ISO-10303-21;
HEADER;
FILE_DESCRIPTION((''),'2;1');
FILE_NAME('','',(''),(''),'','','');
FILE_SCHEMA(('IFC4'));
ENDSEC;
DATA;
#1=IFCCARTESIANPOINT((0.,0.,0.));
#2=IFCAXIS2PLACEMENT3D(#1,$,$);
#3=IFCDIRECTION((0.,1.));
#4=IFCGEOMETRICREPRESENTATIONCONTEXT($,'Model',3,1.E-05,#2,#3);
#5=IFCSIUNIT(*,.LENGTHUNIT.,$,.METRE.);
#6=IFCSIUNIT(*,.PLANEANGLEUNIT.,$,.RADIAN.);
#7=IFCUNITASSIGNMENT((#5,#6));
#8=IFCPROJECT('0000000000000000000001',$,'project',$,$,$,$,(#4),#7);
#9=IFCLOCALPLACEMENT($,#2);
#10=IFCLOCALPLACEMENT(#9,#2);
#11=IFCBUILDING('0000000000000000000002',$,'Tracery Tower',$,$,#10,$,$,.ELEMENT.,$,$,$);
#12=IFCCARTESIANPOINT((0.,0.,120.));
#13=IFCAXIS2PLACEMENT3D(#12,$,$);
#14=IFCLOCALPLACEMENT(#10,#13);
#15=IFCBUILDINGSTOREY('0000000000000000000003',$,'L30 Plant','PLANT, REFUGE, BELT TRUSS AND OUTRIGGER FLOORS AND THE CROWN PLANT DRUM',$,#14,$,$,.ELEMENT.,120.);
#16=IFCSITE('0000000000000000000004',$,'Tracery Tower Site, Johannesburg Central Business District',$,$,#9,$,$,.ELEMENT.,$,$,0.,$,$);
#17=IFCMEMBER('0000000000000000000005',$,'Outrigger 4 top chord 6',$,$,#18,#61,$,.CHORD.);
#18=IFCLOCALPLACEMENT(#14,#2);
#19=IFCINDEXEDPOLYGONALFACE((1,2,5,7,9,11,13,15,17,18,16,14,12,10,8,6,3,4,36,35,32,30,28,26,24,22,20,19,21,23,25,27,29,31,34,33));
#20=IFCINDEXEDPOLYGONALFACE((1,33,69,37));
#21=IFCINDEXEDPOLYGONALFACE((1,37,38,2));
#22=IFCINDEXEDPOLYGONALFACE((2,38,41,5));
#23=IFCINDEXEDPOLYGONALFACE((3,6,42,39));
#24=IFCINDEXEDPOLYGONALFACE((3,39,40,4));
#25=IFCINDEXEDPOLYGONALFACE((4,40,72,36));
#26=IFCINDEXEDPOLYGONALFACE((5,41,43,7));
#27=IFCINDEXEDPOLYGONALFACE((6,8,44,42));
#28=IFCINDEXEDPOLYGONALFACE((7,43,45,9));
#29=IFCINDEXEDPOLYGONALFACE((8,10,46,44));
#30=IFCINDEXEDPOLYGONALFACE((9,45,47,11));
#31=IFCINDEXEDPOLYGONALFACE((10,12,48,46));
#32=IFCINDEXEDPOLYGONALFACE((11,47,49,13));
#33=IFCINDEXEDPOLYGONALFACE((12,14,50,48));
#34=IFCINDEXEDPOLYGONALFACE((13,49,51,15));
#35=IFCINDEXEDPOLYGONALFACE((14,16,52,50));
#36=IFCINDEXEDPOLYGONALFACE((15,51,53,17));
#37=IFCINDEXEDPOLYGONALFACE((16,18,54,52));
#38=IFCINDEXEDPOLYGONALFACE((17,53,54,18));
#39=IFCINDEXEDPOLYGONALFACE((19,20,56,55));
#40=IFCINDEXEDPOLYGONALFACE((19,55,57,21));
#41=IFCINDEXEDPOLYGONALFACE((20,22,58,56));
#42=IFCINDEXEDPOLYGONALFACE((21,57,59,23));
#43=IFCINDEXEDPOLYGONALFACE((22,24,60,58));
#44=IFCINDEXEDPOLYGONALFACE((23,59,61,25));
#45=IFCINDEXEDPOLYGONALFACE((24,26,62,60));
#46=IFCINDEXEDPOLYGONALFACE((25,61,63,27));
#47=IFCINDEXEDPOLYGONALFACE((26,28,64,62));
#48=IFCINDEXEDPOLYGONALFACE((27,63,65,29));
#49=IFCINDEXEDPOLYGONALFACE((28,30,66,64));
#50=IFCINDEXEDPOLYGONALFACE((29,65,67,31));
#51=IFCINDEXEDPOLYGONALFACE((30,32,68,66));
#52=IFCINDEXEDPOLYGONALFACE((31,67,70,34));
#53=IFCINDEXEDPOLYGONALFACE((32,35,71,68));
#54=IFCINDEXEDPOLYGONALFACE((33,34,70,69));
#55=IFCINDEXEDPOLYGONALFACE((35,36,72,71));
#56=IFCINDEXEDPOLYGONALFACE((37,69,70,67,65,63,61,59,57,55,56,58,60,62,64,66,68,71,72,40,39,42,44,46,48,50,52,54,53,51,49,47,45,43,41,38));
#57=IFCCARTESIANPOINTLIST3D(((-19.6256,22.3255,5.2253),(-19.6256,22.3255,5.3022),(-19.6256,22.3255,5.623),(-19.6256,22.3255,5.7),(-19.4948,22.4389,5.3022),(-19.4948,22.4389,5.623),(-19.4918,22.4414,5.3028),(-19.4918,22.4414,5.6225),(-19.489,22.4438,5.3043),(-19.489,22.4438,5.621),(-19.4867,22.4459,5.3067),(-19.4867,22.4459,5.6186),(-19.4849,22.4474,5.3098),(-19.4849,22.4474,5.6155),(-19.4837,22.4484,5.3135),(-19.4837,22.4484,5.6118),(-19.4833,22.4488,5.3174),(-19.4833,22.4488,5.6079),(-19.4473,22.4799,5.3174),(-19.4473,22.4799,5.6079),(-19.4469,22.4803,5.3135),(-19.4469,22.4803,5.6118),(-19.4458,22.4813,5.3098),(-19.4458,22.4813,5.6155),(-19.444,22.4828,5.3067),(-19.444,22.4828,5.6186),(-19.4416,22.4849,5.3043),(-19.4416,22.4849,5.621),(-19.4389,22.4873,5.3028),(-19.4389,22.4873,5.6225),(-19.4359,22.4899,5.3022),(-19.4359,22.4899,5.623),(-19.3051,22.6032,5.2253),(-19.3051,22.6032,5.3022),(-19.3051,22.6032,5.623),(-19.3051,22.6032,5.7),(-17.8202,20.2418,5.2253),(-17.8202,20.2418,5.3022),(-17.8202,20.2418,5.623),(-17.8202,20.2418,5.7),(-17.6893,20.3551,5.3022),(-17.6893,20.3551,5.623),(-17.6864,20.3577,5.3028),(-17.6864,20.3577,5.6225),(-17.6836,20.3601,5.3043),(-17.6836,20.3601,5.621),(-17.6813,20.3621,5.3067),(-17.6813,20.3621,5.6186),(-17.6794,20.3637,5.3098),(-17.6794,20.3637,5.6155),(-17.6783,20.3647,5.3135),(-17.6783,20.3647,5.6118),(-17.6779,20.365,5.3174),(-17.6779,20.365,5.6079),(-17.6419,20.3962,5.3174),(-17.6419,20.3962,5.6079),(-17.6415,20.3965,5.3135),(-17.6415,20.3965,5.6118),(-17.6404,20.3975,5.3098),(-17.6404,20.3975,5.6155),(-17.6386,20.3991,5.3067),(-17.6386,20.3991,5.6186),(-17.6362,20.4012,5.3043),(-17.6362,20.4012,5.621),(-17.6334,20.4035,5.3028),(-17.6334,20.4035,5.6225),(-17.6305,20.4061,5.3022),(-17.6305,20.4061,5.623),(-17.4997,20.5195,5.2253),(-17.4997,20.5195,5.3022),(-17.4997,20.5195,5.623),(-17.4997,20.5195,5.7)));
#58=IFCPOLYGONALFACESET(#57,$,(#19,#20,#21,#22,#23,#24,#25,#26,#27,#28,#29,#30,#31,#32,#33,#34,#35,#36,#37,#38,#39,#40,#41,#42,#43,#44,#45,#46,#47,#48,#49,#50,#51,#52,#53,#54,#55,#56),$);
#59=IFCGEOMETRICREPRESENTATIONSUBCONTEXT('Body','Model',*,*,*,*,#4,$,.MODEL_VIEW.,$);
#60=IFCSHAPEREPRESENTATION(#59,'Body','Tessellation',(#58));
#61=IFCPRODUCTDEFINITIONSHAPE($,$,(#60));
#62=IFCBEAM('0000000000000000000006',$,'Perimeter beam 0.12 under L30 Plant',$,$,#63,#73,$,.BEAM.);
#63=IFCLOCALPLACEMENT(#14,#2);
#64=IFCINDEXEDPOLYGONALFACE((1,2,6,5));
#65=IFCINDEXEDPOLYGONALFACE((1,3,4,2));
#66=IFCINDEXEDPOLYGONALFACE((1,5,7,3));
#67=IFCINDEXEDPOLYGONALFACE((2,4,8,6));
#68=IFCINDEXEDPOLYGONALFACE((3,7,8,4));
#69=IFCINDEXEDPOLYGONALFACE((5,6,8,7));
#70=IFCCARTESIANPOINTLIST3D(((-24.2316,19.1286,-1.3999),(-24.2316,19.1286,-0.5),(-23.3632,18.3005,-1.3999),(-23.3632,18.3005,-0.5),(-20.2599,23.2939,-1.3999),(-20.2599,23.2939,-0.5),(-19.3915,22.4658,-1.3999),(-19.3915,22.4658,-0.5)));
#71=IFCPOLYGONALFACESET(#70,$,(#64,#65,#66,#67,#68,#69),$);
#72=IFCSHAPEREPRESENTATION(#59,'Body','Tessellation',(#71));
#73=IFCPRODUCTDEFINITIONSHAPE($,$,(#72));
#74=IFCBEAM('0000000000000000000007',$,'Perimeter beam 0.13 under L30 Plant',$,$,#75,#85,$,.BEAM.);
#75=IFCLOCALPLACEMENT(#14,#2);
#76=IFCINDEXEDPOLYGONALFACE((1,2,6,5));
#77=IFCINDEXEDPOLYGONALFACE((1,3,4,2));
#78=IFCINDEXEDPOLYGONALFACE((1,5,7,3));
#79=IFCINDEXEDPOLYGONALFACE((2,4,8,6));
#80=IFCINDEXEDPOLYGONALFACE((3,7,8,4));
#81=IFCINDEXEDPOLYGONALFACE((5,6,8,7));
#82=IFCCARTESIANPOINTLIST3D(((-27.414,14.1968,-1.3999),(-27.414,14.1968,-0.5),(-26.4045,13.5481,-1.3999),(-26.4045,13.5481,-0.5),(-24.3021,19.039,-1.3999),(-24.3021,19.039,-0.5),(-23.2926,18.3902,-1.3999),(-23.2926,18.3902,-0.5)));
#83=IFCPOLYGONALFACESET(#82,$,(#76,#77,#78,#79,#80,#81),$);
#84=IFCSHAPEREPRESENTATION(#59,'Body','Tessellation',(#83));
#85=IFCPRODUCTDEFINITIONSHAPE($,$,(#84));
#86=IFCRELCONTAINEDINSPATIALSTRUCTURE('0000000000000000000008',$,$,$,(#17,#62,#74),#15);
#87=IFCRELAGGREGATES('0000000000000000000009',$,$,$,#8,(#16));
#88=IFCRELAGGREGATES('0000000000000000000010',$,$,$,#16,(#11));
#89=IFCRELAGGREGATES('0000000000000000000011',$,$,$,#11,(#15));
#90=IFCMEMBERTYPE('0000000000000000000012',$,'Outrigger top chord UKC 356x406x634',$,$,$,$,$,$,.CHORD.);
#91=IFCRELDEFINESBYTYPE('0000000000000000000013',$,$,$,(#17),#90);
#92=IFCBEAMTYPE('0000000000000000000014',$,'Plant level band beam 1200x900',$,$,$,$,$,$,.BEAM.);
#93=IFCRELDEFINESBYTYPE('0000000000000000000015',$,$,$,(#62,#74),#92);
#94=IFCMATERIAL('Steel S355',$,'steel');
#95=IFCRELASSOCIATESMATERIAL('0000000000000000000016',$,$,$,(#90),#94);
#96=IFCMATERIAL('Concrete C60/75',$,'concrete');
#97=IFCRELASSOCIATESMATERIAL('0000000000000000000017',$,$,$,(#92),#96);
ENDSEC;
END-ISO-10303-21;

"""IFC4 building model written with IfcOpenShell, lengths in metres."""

from ifc_helpers import new_model, si_unit, direction, frame, origin, origin_2d, place, context, subcontext, project, spatial, rectangle, i_section, extrude, material, material_profile, profile_set, type_object, element, save


model = new_model("IFC4")

# Units and contexts
model_context = context("Model", 3, precision=1e-05, world=origin(), true_north=direction((0.0, 1.0)))
body_context = subcontext(model_context, "Body", "Model", "MODEL_VIEW")
ifc_project = project(units=[si_unit("LENGTHUNIT", "METRE"), si_unit("PLANEANGLEUNIT", "RADIAN")], contexts=[model_context])

# Site, building, storey
site_placement = place(None, origin())
site = spatial("IfcSite", under=ifc_project, at=site_placement, Name="Tracery Tower Site, Johannesburg Central Business District", CompositionType="ELEMENT", RefElevation=0.0)
building_placement = place(site_placement, origin())
building = spatial("IfcBuilding", under=site, at=building_placement, Name="Tracery Tower", CompositionType="ELEMENT")
storey_placement = place(building_placement, frame((0.0, 0.0, 120.0)))
storey = spatial("IfcBuildingStorey", under=building, at=storey_placement, Name="L30 Plant", Description="PLANT, REFUGE, BELT TRUSS AND OUTRIGGER FLOORS AND THE CROWN PLANT DRUM", CompositionType="ELEMENT", Elevation=120.0)

# Member
ifc_material_1 = material(Name="Steel S355", Category="steel")
ifc_material_profile_1 = material_profile(ifc_material_1, i_section(OverallWidth=0.4241, OverallDepth=0.4746, WebThickness=0.0476, FlangeThickness=0.0769, FilletRadius=0.0151, at=origin_2d()), Name="UKC 356x406x634")
ifc_profile_set_1 = profile_set([ifc_material_profile_1], Name="Steel S355")
member_type_1 = type_object("IfcMemberType", Name="Outrigger top chord UKC 356x406x634", PredefinedType="CHORD", material=ifc_profile_set_1)
member_1_placement = place(storey_placement, frame((-17.6599, 20.3806, 5.4626), z_axis=(-0.654829, 0.755777, 0.0), x_axis=(-0.755777, -0.654829, 0.0)))
element("IfcMember", 1, at=member_1_placement, inside=storey, type_object=member_type_1, Name="Outrigger 4 top chord 6", PredefinedType="CHORD", context=body_context, shape_type="SweptSolid", body=[
    extrude(i_section(OverallWidth=0.4241, OverallDepth=0.4746, WebThickness=0.0476, FlangeThickness=0.0769, FilletRadius=0.0151, at=origin_2d()), origin(), (0.0, 0.0, 1.0), 2.7571),
])

# Beams
ifc_material_2 = material(Name="Concrete C60/75", Category="concrete")
ifc_material_profile_2 = material_profile(ifc_material_2, rectangle(XDim=1.2, YDim=0.8999, at=origin_2d()), Name="RC 1200x900")
ifc_profile_set_2 = profile_set([ifc_material_profile_2], Name="Concrete C60/75")
beam_type = type_object("IfcBeamType", Name="Plant level band beam 1200x900", PredefinedType="BEAM", material=ifc_profile_set_2)
beam_1_placement = place(storey_placement, frame((-19.8257, 22.8799, -0.95), z_axis=(-0.690087, -0.723726, 0.0), x_axis=(0.723726, -0.690087, 0.0)))
element("IfcBeam", 2, at=beam_1_placement, inside=storey, type_object=beam_type, Name="Perimeter beam 0.12 under L30 Plant", PredefinedType="BEAM", context=body_context, shape_type="SweptSolid", body=[
    extrude(rectangle(XDim=1.2, YDim=0.8999, at=origin_2d()), origin(), (0.0, 0.0, 1.0), 5.7554),
])
beam_2_placement = place(storey_placement, frame((-23.7974, 18.7146, -0.95), z_axis=(-0.540644, -0.841252, 0.0), x_axis=(0.841252, -0.540644, 0.0)))
element("IfcBeam", 3, at=beam_2_placement, inside=storey, type_object=beam_type, Name="Perimeter beam 0.13 under L30 Plant", PredefinedType="BEAM", context=body_context, shape_type="SweptSolid", body=[
    extrude(rectangle(XDim=1.2, YDim=0.8999, at=origin_2d()), origin(), (0.0, 0.0, 1.0), 5.7559),
])

save(model, "model.ifc")
